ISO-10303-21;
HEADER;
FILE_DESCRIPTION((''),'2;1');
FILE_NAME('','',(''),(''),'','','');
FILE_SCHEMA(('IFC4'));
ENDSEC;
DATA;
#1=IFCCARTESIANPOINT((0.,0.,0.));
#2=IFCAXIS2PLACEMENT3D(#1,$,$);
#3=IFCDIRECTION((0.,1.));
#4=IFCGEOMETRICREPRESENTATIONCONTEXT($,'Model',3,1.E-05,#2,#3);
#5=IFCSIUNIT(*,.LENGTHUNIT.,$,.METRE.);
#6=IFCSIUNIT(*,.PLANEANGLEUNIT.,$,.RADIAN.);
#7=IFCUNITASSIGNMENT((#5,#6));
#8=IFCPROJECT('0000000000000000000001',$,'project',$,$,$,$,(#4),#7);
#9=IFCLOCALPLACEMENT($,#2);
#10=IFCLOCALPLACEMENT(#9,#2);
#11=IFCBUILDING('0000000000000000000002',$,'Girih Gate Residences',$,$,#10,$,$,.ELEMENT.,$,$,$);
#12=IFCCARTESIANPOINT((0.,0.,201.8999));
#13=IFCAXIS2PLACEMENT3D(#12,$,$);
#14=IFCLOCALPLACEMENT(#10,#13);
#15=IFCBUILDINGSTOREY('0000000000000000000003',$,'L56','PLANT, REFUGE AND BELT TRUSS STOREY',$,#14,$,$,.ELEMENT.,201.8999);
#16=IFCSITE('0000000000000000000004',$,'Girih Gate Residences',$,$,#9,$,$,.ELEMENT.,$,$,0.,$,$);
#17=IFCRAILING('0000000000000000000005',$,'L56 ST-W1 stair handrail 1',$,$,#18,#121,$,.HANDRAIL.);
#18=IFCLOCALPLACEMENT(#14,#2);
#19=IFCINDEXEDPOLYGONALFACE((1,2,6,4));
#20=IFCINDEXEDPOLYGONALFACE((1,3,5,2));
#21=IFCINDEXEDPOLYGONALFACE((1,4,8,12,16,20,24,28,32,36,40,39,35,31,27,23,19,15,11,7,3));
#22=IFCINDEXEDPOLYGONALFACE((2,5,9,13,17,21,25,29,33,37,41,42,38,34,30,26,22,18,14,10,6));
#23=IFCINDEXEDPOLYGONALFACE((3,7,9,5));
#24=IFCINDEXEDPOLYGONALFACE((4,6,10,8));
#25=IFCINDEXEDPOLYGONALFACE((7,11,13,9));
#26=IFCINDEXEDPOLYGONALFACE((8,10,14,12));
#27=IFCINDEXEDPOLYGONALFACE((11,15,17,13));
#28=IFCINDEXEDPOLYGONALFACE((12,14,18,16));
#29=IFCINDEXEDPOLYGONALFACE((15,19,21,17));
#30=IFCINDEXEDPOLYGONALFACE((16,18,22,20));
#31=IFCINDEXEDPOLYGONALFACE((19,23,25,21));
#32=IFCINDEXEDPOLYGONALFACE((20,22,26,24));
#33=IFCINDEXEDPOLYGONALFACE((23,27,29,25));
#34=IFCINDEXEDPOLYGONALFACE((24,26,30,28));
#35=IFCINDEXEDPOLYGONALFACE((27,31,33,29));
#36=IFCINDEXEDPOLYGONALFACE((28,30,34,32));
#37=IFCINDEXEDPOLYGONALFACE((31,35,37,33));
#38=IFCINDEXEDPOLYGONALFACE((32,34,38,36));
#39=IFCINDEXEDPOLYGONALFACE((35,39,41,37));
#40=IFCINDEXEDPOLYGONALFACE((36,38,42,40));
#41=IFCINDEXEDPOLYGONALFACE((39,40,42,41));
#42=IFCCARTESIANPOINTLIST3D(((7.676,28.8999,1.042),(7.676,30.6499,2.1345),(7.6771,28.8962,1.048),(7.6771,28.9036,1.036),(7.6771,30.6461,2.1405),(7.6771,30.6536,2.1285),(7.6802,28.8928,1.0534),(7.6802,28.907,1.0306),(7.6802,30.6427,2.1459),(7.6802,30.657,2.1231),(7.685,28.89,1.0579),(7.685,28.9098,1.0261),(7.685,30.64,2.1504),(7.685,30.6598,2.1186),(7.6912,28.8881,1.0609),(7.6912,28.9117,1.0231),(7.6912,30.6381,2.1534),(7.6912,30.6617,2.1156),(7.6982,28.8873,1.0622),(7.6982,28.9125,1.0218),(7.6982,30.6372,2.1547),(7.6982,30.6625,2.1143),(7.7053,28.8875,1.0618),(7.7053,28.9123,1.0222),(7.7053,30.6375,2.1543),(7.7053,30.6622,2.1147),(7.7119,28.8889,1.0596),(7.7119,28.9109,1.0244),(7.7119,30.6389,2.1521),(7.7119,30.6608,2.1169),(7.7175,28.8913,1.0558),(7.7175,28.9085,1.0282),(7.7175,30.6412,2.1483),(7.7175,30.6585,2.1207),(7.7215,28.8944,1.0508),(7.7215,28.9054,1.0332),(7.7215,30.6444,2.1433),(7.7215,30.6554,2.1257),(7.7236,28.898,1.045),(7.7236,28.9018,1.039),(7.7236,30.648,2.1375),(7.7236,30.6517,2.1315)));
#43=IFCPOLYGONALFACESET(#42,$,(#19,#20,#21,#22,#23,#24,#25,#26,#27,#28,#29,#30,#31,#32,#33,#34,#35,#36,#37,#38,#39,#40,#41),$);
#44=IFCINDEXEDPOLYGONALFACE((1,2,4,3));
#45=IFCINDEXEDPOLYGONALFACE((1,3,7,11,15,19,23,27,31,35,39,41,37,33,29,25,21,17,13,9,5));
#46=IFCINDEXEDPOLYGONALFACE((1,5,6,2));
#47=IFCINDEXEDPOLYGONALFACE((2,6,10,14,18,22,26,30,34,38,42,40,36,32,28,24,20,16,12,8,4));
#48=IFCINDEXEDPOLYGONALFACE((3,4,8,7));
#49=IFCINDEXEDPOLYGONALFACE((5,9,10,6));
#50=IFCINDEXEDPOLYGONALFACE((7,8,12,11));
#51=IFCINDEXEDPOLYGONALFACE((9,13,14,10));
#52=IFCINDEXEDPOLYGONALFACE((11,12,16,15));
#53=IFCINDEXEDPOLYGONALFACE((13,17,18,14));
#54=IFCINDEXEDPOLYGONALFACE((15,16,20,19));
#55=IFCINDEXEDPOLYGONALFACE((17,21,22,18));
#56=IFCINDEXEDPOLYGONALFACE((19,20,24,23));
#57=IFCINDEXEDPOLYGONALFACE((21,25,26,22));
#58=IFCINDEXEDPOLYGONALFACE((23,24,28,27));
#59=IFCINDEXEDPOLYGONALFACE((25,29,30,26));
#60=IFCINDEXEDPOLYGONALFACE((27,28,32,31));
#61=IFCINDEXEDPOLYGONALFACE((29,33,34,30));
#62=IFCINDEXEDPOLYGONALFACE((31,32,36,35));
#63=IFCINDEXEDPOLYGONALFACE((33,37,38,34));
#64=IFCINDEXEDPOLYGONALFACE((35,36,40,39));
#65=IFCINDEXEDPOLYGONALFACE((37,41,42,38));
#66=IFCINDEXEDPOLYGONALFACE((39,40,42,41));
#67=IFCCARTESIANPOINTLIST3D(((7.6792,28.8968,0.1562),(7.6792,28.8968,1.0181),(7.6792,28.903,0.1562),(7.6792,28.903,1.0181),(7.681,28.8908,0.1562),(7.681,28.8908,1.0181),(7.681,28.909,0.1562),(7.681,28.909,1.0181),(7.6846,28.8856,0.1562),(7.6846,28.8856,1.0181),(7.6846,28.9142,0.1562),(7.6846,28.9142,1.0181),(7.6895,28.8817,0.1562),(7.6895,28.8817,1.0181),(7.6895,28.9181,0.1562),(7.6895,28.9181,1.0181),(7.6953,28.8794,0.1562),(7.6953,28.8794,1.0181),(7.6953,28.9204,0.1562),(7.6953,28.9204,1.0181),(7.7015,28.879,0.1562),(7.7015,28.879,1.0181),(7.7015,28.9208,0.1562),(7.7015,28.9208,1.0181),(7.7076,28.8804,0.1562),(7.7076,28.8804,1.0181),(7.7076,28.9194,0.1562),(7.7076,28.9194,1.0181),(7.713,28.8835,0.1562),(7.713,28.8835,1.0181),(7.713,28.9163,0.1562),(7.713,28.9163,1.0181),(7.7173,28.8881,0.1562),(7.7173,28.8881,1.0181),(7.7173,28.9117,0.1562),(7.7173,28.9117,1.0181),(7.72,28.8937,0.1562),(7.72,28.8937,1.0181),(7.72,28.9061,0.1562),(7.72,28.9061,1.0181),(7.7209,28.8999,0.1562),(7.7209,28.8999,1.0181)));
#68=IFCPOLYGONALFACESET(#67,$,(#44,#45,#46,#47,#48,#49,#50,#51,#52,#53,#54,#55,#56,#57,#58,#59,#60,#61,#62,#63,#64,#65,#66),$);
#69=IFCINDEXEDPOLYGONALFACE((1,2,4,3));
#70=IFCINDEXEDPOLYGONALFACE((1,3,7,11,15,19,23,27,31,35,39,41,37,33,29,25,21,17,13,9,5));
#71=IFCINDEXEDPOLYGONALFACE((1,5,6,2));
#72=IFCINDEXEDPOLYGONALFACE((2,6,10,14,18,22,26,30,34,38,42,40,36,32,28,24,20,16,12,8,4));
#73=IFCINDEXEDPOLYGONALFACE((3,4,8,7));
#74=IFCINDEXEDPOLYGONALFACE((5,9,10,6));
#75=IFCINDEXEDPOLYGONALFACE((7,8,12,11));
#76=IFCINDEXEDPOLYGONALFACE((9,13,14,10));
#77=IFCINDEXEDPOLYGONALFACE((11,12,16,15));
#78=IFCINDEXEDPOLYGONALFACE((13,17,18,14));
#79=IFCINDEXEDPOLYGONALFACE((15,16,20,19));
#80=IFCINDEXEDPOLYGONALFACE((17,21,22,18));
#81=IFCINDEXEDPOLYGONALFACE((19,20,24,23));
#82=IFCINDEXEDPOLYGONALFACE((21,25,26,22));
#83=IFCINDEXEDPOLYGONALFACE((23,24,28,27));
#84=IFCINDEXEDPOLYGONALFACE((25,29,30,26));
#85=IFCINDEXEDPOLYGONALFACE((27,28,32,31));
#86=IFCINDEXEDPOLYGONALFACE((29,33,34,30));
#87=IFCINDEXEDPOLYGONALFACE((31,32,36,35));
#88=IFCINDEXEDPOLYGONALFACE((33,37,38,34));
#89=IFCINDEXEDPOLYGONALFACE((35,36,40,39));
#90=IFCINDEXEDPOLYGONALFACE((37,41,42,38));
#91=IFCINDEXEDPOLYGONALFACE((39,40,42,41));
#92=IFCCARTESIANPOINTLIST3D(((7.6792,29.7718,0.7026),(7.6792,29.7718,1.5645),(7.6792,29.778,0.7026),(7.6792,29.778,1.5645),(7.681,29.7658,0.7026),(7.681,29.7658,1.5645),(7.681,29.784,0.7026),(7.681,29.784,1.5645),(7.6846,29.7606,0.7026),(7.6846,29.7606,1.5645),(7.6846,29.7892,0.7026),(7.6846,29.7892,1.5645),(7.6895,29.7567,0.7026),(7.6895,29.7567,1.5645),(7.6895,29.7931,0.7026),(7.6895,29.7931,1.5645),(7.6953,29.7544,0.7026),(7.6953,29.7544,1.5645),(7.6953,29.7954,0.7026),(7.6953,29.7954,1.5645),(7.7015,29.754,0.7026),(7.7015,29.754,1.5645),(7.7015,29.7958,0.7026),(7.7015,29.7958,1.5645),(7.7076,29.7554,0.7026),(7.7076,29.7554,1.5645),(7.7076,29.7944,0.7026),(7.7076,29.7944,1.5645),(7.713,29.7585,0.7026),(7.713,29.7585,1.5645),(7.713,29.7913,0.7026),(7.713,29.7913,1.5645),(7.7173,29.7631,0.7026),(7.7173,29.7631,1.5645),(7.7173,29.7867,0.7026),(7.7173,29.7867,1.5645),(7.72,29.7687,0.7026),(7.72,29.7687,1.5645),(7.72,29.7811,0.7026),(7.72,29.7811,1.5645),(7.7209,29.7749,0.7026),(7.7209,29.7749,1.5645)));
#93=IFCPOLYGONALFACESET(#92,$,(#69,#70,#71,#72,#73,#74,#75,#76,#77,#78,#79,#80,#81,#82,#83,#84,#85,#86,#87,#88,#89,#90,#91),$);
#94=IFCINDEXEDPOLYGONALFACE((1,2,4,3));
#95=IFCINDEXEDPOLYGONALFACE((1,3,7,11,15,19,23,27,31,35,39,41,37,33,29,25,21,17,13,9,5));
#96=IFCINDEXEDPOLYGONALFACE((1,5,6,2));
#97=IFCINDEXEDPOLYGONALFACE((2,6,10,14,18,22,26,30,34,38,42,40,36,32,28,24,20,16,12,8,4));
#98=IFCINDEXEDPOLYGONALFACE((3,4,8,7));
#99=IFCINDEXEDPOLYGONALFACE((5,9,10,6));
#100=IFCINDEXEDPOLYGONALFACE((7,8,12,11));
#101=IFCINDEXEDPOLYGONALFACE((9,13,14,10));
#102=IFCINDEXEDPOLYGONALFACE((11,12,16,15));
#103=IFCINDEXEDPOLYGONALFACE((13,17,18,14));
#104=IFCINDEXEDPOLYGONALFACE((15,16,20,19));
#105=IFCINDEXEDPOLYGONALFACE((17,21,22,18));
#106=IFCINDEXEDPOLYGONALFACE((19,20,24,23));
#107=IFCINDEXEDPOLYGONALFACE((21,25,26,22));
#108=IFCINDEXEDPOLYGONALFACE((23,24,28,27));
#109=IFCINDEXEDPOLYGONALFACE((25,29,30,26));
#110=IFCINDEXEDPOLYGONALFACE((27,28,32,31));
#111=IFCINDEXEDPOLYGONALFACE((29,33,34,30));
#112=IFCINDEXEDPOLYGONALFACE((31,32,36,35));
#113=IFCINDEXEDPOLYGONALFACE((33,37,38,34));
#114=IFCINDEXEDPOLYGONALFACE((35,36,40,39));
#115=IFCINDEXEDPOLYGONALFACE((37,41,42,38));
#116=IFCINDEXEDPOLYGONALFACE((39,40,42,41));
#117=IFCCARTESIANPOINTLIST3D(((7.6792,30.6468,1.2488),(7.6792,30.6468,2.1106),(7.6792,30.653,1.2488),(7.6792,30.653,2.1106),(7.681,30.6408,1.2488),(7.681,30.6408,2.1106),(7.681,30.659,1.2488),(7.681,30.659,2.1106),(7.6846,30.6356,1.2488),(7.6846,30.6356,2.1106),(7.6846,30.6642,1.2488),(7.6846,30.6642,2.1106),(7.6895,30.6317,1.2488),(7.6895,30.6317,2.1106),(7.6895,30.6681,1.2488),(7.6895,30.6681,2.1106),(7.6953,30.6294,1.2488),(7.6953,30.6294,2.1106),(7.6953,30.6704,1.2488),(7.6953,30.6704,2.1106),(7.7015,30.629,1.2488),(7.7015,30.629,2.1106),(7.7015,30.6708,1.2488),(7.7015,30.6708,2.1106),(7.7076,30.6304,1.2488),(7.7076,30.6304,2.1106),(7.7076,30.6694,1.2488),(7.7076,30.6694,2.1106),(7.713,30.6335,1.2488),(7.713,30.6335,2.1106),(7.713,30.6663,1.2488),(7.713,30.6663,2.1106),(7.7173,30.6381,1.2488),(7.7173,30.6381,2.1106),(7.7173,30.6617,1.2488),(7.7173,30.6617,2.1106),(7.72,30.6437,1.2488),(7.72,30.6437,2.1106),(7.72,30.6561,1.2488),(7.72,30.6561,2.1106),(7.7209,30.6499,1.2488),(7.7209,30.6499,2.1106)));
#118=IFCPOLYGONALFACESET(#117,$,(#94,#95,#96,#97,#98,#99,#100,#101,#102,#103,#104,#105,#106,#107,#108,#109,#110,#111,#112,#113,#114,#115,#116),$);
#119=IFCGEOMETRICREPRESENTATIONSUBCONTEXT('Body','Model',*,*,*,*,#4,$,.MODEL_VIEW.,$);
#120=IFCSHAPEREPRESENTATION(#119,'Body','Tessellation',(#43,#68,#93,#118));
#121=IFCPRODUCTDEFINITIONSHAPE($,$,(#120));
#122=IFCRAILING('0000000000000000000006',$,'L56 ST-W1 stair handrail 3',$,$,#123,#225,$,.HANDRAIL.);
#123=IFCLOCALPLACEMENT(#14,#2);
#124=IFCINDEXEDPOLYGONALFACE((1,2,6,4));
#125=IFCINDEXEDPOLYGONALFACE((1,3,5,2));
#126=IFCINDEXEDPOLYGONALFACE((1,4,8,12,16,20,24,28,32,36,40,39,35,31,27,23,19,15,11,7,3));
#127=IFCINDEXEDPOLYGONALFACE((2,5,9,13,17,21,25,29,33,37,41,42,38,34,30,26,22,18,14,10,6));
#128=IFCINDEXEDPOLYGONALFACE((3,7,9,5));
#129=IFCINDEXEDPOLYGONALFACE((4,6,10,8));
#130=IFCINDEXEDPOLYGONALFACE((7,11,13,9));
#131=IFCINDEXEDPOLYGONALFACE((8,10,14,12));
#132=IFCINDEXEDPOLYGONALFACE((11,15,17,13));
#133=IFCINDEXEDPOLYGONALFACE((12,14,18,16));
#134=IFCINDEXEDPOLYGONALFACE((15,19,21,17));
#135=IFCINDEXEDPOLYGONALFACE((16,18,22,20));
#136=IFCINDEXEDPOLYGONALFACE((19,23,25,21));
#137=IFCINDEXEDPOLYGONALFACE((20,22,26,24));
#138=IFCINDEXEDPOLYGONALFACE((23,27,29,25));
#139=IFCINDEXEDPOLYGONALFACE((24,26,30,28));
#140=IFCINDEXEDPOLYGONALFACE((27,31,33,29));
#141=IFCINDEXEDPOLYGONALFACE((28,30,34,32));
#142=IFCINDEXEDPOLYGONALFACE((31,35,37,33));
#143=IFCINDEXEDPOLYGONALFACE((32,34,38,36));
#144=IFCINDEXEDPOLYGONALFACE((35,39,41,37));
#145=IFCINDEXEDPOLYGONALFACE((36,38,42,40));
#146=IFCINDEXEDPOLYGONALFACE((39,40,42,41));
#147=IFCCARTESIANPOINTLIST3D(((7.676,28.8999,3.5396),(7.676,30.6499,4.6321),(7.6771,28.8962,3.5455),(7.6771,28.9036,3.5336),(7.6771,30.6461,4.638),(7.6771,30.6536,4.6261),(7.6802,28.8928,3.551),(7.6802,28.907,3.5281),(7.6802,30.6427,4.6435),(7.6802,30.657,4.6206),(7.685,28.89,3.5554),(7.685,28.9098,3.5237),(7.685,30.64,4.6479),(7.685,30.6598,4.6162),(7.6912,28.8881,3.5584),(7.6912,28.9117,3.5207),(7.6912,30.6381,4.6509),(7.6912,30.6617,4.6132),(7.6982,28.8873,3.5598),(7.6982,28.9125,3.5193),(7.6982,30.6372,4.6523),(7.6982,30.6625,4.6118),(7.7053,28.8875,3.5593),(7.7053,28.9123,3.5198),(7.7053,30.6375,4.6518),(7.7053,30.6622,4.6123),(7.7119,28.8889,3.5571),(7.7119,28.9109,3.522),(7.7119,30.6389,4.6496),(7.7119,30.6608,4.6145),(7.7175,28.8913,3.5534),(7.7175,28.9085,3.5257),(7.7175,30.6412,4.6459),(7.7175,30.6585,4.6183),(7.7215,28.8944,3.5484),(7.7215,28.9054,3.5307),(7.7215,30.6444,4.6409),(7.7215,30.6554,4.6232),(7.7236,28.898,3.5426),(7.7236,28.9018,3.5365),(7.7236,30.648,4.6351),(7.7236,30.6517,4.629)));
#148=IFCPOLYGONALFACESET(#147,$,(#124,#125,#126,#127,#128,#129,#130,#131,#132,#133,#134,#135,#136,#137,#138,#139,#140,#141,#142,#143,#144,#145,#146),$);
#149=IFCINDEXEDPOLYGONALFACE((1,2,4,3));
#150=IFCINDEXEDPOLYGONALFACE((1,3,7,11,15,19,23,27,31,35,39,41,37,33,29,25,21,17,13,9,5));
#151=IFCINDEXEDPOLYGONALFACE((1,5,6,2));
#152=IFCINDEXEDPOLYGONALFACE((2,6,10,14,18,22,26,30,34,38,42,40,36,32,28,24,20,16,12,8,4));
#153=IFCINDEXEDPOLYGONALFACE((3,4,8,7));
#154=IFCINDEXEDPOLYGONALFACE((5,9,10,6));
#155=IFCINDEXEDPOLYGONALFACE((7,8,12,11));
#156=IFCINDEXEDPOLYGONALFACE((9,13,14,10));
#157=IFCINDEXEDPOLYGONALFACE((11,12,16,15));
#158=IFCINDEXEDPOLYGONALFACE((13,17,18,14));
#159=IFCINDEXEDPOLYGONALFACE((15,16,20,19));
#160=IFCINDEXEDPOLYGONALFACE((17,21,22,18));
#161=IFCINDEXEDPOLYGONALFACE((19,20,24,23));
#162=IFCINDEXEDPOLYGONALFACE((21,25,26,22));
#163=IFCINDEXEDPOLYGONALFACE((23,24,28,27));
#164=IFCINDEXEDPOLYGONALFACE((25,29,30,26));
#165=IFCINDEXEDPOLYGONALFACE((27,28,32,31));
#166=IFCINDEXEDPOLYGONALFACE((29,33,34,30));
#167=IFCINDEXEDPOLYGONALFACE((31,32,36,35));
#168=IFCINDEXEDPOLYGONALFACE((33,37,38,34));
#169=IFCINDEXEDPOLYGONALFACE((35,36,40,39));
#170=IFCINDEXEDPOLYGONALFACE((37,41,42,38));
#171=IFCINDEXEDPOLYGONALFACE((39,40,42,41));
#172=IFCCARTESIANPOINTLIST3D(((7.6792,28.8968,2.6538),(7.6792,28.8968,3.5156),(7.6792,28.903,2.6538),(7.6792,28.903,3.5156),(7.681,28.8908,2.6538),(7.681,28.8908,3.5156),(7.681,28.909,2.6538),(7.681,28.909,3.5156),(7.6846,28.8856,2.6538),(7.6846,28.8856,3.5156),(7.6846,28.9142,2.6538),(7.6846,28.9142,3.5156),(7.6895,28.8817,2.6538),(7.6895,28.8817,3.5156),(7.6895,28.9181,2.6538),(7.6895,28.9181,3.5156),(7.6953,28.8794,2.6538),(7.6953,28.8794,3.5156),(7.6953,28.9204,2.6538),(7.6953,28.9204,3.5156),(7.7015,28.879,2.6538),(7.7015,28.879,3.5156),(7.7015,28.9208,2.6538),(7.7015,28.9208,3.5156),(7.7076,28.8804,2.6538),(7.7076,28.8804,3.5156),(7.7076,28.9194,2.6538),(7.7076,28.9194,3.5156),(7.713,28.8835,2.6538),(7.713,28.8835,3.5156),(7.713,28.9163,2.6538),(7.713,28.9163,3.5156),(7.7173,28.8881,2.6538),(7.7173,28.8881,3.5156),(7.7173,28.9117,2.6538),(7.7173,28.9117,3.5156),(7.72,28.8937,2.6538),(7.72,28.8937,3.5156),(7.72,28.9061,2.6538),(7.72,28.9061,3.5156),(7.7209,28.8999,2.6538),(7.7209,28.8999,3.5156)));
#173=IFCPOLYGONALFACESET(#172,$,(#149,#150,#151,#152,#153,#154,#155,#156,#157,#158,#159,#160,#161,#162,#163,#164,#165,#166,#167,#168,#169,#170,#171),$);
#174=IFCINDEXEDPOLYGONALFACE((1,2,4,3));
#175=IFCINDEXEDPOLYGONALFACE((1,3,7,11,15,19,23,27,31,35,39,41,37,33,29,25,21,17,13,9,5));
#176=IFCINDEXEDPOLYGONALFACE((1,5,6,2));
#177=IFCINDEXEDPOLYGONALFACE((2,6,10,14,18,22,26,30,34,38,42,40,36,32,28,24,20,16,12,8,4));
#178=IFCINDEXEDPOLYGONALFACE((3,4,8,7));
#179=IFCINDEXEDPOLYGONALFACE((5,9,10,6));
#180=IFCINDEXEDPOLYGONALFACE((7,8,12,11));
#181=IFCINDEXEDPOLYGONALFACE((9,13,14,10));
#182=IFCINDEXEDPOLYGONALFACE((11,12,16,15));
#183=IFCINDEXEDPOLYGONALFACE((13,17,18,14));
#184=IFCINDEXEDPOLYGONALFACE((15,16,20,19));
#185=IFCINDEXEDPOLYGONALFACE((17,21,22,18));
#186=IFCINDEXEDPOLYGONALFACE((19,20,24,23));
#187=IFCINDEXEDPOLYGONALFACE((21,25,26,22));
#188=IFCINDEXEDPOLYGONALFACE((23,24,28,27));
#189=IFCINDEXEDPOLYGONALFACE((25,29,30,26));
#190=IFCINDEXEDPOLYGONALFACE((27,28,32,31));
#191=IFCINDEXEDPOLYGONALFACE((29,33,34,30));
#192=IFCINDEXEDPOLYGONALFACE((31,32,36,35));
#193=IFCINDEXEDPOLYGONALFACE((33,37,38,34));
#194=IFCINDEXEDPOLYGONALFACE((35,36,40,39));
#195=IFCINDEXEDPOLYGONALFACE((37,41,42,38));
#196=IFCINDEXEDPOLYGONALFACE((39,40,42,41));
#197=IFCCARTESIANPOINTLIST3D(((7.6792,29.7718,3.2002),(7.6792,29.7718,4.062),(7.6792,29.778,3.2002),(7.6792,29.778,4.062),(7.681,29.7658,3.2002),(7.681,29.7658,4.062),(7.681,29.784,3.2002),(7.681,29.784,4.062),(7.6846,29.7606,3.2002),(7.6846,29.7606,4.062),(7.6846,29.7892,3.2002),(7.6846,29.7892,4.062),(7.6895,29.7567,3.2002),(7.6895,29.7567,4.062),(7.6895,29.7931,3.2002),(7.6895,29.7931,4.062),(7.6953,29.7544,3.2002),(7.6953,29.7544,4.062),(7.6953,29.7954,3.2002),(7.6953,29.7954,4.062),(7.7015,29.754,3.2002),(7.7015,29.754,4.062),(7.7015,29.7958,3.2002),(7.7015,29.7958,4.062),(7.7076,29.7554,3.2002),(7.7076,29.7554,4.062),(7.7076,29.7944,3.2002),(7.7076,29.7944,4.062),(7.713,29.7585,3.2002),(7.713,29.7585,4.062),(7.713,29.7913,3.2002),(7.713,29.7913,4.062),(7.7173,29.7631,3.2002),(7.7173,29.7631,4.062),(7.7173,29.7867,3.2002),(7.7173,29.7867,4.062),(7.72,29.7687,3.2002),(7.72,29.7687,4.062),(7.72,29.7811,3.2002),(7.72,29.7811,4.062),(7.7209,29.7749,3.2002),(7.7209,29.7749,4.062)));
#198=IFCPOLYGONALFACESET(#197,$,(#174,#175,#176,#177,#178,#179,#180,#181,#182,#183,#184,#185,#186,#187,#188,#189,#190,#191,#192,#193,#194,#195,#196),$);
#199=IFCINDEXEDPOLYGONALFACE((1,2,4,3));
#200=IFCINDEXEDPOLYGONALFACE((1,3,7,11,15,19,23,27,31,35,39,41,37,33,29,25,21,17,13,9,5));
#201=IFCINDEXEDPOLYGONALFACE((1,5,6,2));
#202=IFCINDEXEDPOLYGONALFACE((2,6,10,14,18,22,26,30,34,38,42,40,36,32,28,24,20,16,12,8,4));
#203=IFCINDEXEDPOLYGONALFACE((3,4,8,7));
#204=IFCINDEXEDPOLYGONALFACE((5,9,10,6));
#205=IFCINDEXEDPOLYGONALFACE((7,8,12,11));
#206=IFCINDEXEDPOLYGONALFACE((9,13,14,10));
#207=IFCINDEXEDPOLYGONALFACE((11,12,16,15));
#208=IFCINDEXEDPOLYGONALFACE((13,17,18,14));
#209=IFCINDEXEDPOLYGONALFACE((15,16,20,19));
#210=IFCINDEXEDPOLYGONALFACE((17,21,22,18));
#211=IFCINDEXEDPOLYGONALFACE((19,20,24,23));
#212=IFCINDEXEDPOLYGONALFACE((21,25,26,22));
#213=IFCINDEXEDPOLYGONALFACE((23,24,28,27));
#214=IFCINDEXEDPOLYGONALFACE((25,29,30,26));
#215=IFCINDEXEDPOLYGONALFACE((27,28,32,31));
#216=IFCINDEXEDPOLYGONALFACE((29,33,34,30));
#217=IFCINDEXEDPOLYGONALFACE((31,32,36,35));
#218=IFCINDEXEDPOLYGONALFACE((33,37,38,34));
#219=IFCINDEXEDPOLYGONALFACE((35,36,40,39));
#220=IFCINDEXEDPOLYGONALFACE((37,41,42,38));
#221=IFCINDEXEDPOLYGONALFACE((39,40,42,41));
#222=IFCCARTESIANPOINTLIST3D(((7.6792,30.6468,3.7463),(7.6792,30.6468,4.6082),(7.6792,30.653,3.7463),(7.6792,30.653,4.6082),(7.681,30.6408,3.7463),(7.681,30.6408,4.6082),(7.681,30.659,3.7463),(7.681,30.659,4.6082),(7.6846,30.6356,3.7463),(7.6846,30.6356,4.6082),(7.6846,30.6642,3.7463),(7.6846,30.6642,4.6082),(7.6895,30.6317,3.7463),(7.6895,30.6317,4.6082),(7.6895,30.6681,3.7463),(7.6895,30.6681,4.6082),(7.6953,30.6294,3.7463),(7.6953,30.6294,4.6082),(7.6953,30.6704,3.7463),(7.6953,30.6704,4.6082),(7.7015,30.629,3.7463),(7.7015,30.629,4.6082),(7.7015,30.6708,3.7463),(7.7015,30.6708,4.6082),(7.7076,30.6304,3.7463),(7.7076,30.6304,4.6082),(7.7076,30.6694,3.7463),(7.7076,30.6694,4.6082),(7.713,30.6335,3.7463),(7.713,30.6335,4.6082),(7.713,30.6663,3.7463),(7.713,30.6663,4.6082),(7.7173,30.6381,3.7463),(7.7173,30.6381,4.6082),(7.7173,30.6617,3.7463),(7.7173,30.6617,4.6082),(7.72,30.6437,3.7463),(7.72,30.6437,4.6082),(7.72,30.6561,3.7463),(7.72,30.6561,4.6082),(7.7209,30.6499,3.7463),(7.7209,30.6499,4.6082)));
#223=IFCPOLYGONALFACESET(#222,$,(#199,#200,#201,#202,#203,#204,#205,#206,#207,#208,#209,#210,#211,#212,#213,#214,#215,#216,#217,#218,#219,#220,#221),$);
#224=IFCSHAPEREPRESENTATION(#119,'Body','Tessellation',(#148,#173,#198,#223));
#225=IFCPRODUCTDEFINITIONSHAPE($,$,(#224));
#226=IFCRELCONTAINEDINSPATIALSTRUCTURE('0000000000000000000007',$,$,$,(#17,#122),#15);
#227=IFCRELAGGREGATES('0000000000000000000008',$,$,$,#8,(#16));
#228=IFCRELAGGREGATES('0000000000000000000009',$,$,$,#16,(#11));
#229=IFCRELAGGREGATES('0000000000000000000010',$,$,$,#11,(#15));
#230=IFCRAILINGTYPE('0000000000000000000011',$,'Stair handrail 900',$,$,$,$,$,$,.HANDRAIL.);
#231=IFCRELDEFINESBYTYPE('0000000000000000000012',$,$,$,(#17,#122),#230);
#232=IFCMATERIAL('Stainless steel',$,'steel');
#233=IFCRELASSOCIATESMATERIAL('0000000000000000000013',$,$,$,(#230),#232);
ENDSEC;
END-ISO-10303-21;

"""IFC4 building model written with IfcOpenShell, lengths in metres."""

from ifc_helpers import new_model, si_unit, direction, frame, origin, origin_2d, place, context, subcontext, project, spatial, circle, extrude, material, type_object, element, save


model = new_model("IFC4")

# Units and contexts
model_context = context("Model", 3, precision=1e-05, world=origin(), true_north=direction((0.0, 1.0)))
body_context = subcontext(model_context, "Body", "Model", "MODEL_VIEW")
ifc_project = project(units=[si_unit("LENGTHUNIT", "METRE"), si_unit("PLANEANGLEUNIT", "RADIAN")], contexts=[model_context])

# Site, building, storey
site_placement = place(None, origin())
site = spatial("IfcSite", under=ifc_project, at=site_placement, Name="Girih Gate Residences", CompositionType="ELEMENT", RefElevation=0.0)
building_placement = place(site_placement, origin())
building = spatial("IfcBuilding", under=site, at=building_placement, Name="Girih Gate Residences", CompositionType="ELEMENT")
storey_placement = place(building_placement, frame((0.0, 0.0, 201.8999)))
storey = spatial("IfcBuildingStorey", under=building, at=storey_placement, Name="L56", Description="PLANT, REFUGE AND BELT TRUSS STOREY", CompositionType="ELEMENT", Elevation=201.8999)

# Railings
ifc_material_1 = material(Name="Stainless steel", Category="steel")
railing_type_1 = type_object("IfcRailingType", Name="Stair handrail 900", PredefinedType="HANDRAIL", material=ifc_material_1)
for number, where, name in (
    (1, (7.7, 28.8999, 0.1562), "L56 ST-W1 stair handrail 1"),
    (2, (7.7, 28.8999, 2.6538), "L56 ST-W1 stair handrail 3"),
):
    element("IfcRailing", number, at=place(storey_placement, frame(where)), inside=storey, type_object=railing_type_1, Name=name, PredefinedType="HANDRAIL", context=body_context, shape_type="SweptSolid", body=[
        extrude(circle(Radius=0.0239, at=origin_2d()), frame((0.0, 0.0, 0.8857), z_axis=(0.0, 0.848264, 0.529573), x_axis=(-1.0, 0.0, 0.0)), (0.0, 0.0, 1.0), 2.063),
        extrude(circle(Radius=0.021, at=origin_2d()), origin(), (0.0, 0.0, 1.0), 0.8618),
        extrude(circle(Radius=0.021, at=origin_2d()), frame((0.0, 0.875, 0.5464)), (0.0, 0.0, 1.0), 0.8618),
        extrude(circle(Radius=0.021, at=origin_2d()), frame((0.0, 1.75, 1.0925)), (0.0, 0.0, 1.0), 0.8618),
    ])

save(model, "model.ifc")
